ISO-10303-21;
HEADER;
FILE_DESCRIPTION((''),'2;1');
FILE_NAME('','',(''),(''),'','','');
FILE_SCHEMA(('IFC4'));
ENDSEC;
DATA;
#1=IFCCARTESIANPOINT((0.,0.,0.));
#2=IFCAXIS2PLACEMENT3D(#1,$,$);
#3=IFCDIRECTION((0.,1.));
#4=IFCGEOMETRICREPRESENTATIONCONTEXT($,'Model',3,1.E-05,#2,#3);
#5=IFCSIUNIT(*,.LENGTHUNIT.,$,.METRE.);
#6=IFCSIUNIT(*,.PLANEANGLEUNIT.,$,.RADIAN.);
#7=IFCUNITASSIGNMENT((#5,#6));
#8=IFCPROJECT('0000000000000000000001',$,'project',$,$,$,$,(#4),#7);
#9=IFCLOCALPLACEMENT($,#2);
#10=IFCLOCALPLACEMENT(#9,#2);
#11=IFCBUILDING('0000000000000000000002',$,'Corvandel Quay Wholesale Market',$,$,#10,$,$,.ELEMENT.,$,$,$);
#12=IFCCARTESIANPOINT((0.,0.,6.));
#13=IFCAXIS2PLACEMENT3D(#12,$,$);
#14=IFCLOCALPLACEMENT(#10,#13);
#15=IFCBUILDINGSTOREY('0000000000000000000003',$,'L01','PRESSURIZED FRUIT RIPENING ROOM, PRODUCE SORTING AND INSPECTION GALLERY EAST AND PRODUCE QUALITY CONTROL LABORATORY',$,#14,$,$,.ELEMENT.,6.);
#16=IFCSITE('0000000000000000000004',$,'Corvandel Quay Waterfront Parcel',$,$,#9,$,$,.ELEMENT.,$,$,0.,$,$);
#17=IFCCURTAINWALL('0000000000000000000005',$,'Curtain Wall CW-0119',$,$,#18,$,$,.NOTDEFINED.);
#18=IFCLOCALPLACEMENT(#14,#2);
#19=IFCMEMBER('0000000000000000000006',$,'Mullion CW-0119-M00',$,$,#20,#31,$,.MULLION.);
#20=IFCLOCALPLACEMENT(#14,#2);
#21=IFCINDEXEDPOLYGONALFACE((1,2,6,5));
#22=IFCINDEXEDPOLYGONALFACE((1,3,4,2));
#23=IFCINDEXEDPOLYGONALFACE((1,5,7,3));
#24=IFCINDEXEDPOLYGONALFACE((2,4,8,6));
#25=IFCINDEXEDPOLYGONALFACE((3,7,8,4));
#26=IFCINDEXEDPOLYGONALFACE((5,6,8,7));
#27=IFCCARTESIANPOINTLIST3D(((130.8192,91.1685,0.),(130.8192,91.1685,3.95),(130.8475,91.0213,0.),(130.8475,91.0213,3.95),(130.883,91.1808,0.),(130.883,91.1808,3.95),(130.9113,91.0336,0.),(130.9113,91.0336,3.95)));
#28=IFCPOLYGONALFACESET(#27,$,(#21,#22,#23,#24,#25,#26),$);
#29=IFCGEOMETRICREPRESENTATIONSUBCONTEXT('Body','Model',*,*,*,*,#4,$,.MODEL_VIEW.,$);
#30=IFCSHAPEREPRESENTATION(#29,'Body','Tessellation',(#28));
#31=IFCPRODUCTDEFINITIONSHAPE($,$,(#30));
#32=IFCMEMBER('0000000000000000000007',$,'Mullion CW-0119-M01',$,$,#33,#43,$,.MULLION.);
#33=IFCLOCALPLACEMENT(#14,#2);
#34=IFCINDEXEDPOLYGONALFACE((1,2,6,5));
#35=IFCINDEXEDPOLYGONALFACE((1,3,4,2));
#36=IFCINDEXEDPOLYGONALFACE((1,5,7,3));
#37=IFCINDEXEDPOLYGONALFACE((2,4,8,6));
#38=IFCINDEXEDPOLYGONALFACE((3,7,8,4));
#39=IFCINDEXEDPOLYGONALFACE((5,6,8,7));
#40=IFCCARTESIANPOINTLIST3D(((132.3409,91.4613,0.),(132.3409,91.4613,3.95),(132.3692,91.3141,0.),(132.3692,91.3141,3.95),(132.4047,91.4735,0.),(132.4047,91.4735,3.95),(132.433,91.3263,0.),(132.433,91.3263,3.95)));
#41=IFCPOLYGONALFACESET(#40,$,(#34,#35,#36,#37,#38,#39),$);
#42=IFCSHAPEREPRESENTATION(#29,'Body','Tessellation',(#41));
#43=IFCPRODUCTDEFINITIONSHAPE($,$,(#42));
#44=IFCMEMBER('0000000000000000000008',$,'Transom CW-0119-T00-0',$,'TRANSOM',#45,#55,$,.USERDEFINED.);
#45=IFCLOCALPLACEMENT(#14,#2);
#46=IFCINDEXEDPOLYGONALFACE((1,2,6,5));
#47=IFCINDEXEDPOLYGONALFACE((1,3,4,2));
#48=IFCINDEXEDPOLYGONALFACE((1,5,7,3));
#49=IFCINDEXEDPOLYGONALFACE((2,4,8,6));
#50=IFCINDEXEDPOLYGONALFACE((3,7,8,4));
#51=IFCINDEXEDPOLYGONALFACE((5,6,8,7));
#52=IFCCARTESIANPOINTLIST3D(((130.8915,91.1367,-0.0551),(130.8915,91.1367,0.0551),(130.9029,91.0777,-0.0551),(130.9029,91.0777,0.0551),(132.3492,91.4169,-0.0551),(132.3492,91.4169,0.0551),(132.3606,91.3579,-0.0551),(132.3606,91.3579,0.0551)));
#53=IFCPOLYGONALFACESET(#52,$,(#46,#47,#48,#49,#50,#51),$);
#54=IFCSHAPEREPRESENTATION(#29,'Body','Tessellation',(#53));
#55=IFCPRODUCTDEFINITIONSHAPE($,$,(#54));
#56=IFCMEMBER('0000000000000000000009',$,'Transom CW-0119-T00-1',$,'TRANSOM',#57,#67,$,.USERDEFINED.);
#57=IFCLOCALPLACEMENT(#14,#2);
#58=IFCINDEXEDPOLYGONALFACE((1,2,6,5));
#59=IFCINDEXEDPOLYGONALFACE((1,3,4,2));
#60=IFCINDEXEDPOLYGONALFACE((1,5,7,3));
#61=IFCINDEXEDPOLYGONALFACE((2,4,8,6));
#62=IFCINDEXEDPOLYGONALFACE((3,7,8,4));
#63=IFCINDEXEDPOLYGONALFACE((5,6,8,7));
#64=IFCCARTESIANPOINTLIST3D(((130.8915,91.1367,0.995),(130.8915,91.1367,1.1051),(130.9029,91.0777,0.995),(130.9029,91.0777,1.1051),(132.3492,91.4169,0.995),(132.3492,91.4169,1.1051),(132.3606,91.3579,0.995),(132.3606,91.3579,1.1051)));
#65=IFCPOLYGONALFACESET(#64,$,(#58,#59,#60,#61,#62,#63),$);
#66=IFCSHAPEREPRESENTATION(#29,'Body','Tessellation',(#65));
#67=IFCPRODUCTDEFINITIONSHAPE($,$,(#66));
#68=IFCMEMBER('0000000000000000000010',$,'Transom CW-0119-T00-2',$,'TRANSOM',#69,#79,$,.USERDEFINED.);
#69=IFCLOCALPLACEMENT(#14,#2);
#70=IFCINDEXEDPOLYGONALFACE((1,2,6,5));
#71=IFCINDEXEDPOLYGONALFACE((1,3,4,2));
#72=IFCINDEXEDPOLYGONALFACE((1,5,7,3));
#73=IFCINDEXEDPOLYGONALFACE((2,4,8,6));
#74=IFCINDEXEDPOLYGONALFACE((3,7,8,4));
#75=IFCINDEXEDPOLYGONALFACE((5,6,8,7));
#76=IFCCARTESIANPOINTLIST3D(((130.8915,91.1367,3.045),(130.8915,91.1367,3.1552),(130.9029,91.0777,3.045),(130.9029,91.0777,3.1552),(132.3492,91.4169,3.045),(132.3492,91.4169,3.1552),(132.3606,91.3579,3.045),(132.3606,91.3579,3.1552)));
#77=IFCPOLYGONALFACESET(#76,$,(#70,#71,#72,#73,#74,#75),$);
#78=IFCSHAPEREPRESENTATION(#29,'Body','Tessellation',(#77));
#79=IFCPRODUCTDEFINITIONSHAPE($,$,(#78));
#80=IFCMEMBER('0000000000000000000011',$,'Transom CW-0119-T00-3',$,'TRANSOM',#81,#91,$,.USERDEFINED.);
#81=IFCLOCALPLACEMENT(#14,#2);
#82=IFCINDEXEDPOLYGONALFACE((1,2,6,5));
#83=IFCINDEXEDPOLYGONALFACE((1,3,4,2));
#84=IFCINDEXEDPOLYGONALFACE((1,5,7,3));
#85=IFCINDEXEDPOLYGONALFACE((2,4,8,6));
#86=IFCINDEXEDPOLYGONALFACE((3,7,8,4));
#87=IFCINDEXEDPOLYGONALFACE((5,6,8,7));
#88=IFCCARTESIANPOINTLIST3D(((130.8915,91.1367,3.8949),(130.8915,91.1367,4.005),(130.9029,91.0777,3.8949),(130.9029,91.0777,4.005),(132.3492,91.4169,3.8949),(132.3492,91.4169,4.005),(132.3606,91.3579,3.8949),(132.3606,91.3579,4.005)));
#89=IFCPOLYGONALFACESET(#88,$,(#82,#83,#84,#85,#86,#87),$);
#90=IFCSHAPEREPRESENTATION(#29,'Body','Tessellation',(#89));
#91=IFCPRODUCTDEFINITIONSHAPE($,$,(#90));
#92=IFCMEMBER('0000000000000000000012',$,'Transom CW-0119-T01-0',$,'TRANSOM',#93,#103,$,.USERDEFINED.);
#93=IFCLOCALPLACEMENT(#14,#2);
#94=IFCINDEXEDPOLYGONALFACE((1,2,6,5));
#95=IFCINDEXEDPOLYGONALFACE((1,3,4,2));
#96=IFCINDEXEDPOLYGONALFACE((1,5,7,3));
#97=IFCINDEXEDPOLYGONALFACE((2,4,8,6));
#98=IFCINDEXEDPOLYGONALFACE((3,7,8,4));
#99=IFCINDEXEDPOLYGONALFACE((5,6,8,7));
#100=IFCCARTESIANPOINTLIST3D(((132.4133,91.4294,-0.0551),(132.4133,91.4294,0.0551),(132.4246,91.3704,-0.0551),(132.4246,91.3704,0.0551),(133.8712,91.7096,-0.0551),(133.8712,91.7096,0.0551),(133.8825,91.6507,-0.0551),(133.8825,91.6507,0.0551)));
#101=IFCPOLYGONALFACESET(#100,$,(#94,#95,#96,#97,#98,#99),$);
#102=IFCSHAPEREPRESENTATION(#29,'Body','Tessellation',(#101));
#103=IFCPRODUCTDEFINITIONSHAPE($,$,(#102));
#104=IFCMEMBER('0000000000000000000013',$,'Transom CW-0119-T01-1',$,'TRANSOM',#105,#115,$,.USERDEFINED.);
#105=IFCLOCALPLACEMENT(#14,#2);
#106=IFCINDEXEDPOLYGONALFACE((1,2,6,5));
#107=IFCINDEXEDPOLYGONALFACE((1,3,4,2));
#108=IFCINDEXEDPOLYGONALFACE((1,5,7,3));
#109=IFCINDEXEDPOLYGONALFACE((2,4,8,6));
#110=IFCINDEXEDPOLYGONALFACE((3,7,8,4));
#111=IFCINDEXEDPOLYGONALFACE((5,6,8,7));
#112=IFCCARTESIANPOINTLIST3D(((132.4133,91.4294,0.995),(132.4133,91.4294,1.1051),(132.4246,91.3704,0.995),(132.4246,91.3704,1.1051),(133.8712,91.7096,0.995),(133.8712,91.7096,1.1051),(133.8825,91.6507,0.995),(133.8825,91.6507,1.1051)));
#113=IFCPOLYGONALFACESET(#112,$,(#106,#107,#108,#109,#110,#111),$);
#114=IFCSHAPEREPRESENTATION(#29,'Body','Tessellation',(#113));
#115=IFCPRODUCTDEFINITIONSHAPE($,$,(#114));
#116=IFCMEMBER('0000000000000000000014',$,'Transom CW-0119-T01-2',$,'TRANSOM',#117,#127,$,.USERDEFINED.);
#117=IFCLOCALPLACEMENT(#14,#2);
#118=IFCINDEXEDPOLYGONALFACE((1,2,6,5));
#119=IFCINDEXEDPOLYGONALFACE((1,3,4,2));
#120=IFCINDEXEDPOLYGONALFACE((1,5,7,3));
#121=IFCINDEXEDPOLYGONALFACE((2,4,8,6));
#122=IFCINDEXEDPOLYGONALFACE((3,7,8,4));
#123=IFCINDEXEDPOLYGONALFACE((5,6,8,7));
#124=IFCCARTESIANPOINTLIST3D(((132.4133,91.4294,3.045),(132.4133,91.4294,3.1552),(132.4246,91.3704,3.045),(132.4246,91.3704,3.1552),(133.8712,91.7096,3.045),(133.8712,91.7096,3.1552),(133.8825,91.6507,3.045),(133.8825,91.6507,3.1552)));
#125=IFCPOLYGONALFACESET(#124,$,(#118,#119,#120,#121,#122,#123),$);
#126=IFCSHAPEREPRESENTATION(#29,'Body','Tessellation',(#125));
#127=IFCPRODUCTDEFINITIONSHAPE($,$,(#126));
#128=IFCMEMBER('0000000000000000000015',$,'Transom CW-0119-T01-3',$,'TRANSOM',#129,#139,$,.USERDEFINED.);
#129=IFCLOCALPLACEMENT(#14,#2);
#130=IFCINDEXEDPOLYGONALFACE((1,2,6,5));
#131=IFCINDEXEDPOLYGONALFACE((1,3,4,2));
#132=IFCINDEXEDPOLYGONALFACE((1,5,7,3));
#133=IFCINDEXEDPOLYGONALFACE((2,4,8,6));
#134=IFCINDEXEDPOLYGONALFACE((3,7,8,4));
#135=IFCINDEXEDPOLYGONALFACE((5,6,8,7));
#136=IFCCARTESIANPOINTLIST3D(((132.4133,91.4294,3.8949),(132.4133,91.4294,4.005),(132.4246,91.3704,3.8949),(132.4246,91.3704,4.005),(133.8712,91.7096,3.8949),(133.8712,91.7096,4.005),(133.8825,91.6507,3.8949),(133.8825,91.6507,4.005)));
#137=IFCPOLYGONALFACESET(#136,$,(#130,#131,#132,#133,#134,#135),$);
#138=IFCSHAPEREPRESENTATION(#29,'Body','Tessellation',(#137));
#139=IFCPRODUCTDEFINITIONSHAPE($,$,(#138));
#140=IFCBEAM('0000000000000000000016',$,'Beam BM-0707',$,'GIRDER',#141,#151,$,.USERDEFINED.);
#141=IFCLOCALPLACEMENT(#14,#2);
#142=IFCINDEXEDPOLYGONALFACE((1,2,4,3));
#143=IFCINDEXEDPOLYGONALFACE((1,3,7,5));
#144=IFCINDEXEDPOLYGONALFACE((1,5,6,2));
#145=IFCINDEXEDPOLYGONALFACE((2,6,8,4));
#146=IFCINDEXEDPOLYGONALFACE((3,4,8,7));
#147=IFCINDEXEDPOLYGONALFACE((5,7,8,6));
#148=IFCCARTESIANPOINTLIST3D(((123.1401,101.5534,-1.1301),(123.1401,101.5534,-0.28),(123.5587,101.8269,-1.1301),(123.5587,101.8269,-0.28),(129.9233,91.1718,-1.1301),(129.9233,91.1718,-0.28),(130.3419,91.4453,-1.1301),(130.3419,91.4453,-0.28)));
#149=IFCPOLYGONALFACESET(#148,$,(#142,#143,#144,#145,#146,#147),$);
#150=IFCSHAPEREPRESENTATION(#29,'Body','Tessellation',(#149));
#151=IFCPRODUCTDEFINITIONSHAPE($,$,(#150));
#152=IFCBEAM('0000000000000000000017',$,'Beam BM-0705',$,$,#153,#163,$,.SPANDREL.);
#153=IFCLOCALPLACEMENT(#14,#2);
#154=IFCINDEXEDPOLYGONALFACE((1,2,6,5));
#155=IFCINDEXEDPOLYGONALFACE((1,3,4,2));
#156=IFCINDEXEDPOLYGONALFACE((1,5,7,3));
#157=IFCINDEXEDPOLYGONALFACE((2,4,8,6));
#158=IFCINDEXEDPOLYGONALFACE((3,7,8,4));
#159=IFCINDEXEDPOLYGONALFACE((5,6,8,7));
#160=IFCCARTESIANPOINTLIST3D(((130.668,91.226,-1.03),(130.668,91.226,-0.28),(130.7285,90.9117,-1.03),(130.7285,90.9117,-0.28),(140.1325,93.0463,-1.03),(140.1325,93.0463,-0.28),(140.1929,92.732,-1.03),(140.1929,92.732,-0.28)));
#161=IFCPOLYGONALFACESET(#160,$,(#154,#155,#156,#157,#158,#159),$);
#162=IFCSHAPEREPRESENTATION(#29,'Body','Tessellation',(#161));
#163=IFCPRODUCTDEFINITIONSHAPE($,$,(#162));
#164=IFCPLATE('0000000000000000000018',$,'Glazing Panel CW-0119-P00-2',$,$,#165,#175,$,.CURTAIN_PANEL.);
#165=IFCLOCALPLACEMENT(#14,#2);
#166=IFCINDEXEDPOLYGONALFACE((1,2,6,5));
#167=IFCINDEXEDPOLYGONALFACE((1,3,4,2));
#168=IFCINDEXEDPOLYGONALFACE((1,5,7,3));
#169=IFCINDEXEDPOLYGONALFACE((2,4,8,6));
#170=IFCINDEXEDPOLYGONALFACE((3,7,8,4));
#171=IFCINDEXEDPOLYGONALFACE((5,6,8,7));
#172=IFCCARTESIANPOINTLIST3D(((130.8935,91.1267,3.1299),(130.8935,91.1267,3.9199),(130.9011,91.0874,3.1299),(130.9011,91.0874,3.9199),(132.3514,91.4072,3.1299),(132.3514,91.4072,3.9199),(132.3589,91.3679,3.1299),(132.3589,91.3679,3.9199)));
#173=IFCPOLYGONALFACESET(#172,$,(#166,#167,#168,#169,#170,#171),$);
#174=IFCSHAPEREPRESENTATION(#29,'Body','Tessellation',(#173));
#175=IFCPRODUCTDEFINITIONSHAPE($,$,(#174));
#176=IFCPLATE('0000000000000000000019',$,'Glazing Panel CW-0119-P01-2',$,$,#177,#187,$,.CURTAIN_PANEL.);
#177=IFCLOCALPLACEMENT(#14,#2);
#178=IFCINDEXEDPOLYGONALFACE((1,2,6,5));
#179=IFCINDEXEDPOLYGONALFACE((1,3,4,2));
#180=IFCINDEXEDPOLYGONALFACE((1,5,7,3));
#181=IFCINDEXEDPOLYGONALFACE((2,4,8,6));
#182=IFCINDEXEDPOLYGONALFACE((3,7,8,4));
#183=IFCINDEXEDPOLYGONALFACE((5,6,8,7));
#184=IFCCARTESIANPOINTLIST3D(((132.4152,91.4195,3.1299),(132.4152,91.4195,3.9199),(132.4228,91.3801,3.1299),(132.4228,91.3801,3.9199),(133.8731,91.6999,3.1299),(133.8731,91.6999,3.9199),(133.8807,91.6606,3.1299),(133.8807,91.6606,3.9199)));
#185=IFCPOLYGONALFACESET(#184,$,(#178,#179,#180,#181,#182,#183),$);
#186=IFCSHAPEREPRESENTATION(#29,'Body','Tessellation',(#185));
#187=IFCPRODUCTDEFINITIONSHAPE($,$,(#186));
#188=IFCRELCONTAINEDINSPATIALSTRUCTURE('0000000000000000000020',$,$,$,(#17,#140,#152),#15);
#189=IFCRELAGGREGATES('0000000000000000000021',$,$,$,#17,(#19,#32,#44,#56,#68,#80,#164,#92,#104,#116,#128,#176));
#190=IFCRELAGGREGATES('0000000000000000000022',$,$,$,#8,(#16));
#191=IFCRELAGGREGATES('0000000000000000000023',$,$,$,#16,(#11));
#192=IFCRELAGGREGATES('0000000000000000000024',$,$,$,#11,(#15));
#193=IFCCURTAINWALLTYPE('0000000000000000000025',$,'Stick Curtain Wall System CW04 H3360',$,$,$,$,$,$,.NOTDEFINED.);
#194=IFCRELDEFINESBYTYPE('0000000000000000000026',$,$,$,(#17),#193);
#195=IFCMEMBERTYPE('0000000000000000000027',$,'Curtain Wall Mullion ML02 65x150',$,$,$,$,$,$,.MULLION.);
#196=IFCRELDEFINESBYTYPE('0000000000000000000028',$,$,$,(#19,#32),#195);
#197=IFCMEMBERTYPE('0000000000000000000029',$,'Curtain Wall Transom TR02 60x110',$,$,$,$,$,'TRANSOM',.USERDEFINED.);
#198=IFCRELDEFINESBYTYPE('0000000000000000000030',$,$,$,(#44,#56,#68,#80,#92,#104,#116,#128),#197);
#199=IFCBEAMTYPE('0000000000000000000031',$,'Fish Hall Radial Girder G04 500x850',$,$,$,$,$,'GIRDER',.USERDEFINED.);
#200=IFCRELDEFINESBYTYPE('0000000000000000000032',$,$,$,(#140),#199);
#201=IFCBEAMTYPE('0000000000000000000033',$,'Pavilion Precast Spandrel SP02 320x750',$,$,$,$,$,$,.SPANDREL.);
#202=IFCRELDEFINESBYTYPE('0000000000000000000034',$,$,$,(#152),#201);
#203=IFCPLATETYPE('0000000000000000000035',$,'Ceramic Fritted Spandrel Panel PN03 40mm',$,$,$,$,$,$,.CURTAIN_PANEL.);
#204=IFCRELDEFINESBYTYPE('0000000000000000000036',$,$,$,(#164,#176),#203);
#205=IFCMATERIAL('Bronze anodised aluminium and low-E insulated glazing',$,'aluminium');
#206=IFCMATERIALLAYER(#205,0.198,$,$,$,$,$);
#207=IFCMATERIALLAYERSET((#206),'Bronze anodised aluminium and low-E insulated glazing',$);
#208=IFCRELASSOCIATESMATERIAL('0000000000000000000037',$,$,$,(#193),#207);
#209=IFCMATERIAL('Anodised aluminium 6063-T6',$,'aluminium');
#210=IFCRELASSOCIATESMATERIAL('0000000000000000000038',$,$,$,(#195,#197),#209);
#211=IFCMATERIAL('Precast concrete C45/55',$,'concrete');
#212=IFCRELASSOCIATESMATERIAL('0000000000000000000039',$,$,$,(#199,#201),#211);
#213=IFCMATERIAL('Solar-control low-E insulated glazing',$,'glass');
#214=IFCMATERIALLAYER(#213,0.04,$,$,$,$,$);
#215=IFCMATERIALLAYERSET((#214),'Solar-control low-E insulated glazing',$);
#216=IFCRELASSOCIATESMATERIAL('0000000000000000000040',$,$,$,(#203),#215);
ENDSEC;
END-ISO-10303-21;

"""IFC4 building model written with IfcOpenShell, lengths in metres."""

from ifc_helpers import new_model, si_unit, direction, frame, origin, origin_2d, place, context, subcontext, project, spatial, rectangle, extrude, material, layer, layer_set, material_profile, profile_set, type_object, element, aggregate, save


model = new_model("IFC4")

# Units and contexts
model_context = context("Model", 3, precision=1e-05, world=origin(), true_north=direction((0.0, 1.0)))
body_context = subcontext(model_context, "Body", "Model", "MODEL_VIEW")
ifc_project = project(units=[si_unit("LENGTHUNIT", "METRE"), si_unit("PLANEANGLEUNIT", "RADIAN")], contexts=[model_context])

# Site, building, storey
site_placement = place(None, origin())
site = spatial("IfcSite", under=ifc_project, at=site_placement, Name="Corvandel Quay Waterfront Parcel", CompositionType="ELEMENT", RefElevation=0.0)
building_placement = place(site_placement, origin())
building = spatial("IfcBuilding", under=site, at=building_placement, Name="Corvandel Quay Wholesale Market", CompositionType="ELEMENT")
storey_placement = place(building_placement, frame((0.0, 0.0, 6.0)))
storey = spatial("IfcBuildingStorey", under=building, at=storey_placement, Name="L01", Description="PRESSURIZED FRUIT RIPENING ROOM, PRODUCE SORTING AND INSPECTION GALLERY EAST AND PRODUCE QUALITY CONTROL LABORATORY", CompositionType="ELEMENT", Elevation=6.0)

# Curtain wall, members
ifc_material_1 = material(Name="Bronze anodised aluminium and low-E insulated glazing", Category="aluminium")
ifc_layer_1 = layer(ifc_material_1, 0.198)
ifc_layer_set_1 = layer_set([ifc_layer_1], Name="Bronze anodised aluminium and low-E insulated glazing")
curtain_wall_type = type_object("IfcCurtainWallType", Name="Stick Curtain Wall System CW04 H3360", PredefinedType="NOTDEFINED", material=ifc_layer_set_1)
curtain_wall_placement = place(storey_placement, origin())
curtain_wall = element("IfcCurtainWall", 1, at=curtain_wall_placement, inside=storey, type_object=curtain_wall_type, Name="Curtain Wall CW-0119", PredefinedType="NOTDEFINED")
ifc_material_2 = material(Name="Anodised aluminium 6063-T6", Category="aluminium")
ifc_material_profile_1 = material_profile(ifc_material_2, rectangle(XDim=0.0649, YDim=0.1499, at=origin_2d()), Name="ALU-MUL-65x150")
ifc_profile_set_1 = profile_set([ifc_material_profile_1], Name="Anodised aluminium 6063-T6")
member_type_1 = type_object("IfcMemberType", Name="Curtain Wall Mullion ML02 65x150", PredefinedType="MULLION", material=ifc_profile_set_1)
member_1_placement = place(storey_placement, frame((130.8652, 91.1011, 0.0), z_axis=(0.0, 0.0, 1.0), x_axis=(0.981992, 0.188924, 0.0)))
member_1 = element("IfcMember", 2, at=member_1_placement, type_object=member_type_1, Name="Mullion CW-0119-M00", PredefinedType="MULLION", context=body_context, shape_type="SweptSolid", body=[
    extrude(rectangle(XDim=0.0649, YDim=0.1499, at=origin_2d()), origin(), (0.0, 0.0, 1.0), 3.95),
])
member_2_placement = place(storey_placement, frame((132.387, 91.3938, 0.0), z_axis=(0.0, 0.0, 1.0), x_axis=(0.981992, 0.188924, 0.0)))
member_2 = element("IfcMember", 3, at=member_2_placement, type_object=member_type_1, Name="Mullion CW-0119-M01", PredefinedType="MULLION", context=body_context, shape_type="SweptSolid", body=[
    extrude(rectangle(XDim=0.0649, YDim=0.1499, at=origin_2d()), origin(), (0.0, 0.0, 1.0), 3.95),
])
ifc_material_profile_2 = material_profile(ifc_material_2, rectangle(XDim=0.0601, YDim=0.1101, at=origin_2d()), Name="ALU-TRN-60x110")
ifc_profile_set_2 = profile_set([ifc_material_profile_2], Name="Anodised aluminium 6063-T6")
member_type_2 = type_object("IfcMemberType", Name="Curtain Wall Transom TR02 60x110", ElementType="TRANSOM", PredefinedType="USERDEFINED", material=ifc_profile_set_2)
member_3_placement = place(storey_placement, frame((130.8972, 91.1072, 0.0), z_axis=(0.982015, 0.188805, 0.0), x_axis=(-0.188805, 0.982015, 0.0)))
member_3 = element("IfcMember", 4, at=member_3_placement, type_object=member_type_2, Name="Transom CW-0119-T00-0", ObjectType="TRANSOM", PredefinedType="USERDEFINED", context=body_context, shape_type="SweptSolid", body=[
    extrude(rectangle(XDim=0.0601, YDim=0.1101, at=origin_2d()), origin(), (0.0, 0.0, 1.0), 1.4844),
])
member_4_placement = place(storey_placement, frame((130.8972, 91.1072, 1.05), z_axis=(0.982015, 0.188805, 0.0), x_axis=(-0.188805, 0.982015, 0.0)))
member_4 = element("IfcMember", 5, at=member_4_placement, type_object=member_type_2, Name="Transom CW-0119-T00-1", ObjectType="TRANSOM", PredefinedType="USERDEFINED", context=body_context, shape_type="SweptSolid", body=[
    extrude(rectangle(XDim=0.0601, YDim=0.1101, at=origin_2d()), origin(), (0.0, 0.0, 1.0), 1.4844),
])
member_5_placement = place(storey_placement, frame((130.8972, 91.1072, 3.1001), z_axis=(0.982015, 0.188805, 0.0), x_axis=(-0.188805, 0.982015, 0.0)))
member_5 = element("IfcMember", 6, at=member_5_placement, type_object=member_type_2, Name="Transom CW-0119-T00-2", ObjectType="TRANSOM", PredefinedType="USERDEFINED", context=body_context, shape_type="SweptSolid", body=[
    extrude(rectangle(XDim=0.0601, YDim=0.1101, at=origin_2d()), origin(), (0.0, 0.0, 1.0), 1.4844),
])
member_6_placement = place(storey_placement, frame((130.8972, 91.1072, 3.95), z_axis=(0.982015, 0.188805, 0.0), x_axis=(-0.188805, 0.982015, 0.0)))
member_6 = element("IfcMember", 7, at=member_6_placement, type_object=member_type_2, Name="Transom CW-0119-T00-3", ObjectType="TRANSOM", PredefinedType="USERDEFINED", context=body_context, shape_type="SweptSolid", body=[
    extrude(rectangle(XDim=0.0601, YDim=0.1101, at=origin_2d()), origin(), (0.0, 0.0, 1.0), 1.4844),
])
member_7_placement = place(storey_placement, frame((132.4189, 91.3999, 0.0), z_axis=(0.982021, 0.188774, 0.0), x_axis=(-0.188774, 0.982021, 0.0)))
member_7 = element("IfcMember", 8, at=member_7_placement, type_object=member_type_2, Name="Transom CW-0119-T01-0", ObjectType="TRANSOM", PredefinedType="USERDEFINED", context=body_context, shape_type="SweptSolid", body=[
    extrude(rectangle(XDim=0.0601, YDim=0.1101, at=origin_2d()), origin(), (0.0, 0.0, 1.0), 1.4846),
])
member_8_placement = place(storey_placement, frame((132.4189, 91.3999, 1.05), z_axis=(0.982021, 0.188774, 0.0), x_axis=(-0.188774, 0.982021, 0.0)))
member_8 = element("IfcMember", 9, at=member_8_placement, type_object=member_type_2, Name="Transom CW-0119-T01-1", ObjectType="TRANSOM", PredefinedType="USERDEFINED", context=body_context, shape_type="SweptSolid", body=[
    extrude(rectangle(XDim=0.0601, YDim=0.1101, at=origin_2d()), origin(), (0.0, 0.0, 1.0), 1.4846),
])
member_9_placement = place(storey_placement, frame((132.4189, 91.3999, 3.1001), z_axis=(0.982021, 0.188774, 0.0), x_axis=(-0.188774, 0.982021, 0.0)))
member_9 = element("IfcMember", 10, at=member_9_placement, type_object=member_type_2, Name="Transom CW-0119-T01-2", ObjectType="TRANSOM", PredefinedType="USERDEFINED", context=body_context, shape_type="SweptSolid", body=[
    extrude(rectangle(XDim=0.0601, YDim=0.1101, at=origin_2d()), origin(), (0.0, 0.0, 1.0), 1.4846),
])
member_10_placement = place(storey_placement, frame((132.4189, 91.3999, 3.95), z_axis=(0.982021, 0.188774, 0.0), x_axis=(-0.188774, 0.982021, 0.0)))
member_10 = element("IfcMember", 11, at=member_10_placement, type_object=member_type_2, Name="Transom CW-0119-T01-3", ObjectType="TRANSOM", PredefinedType="USERDEFINED", context=body_context, shape_type="SweptSolid", body=[
    extrude(rectangle(XDim=0.0601, YDim=0.1101, at=origin_2d()), origin(), (0.0, 0.0, 1.0), 1.4846),
])

# Beams
ifc_material_3 = material(Name="Precast concrete C45/55", Category="concrete")
ifc_material_profile_3 = material_profile(ifc_material_3, rectangle(XDim=0.5, YDim=0.8501, at=origin_2d()), Name="PC-GIR-500x850")
ifc_profile_set_3 = profile_set([ifc_material_profile_3], Name="Precast concrete C45/55")
beam_type_1 = type_object("IfcBeamType", Name="Fish Hall Radial Girder G04 500x850", ElementType="GIRDER", PredefinedType="USERDEFINED", material=ifc_profile_set_3)
beam_1_placement = place(storey_placement, frame((130.1326, 91.3086, -0.7051), z_axis=(-0.54698, 0.837145, 0.0), x_axis=(-0.837145, -0.54698, 0.0)))
element("IfcBeam", 12, at=beam_1_placement, inside=storey, type_object=beam_type_1, Name="Beam BM-0707", ObjectType="GIRDER", PredefinedType="USERDEFINED", context=body_context, shape_type="SweptSolid", body=[
    extrude(rectangle(XDim=0.5, YDim=0.8501, at=origin_2d()), origin(), (0.0, 0.0, 1.0), 12.4011),
])
ifc_material_profile_4 = material_profile(ifc_material_3, rectangle(XDim=0.3201, YDim=0.75, at=origin_2d()), Name="PC-SPN-320x750")
ifc_profile_set_4 = profile_set([ifc_material_profile_4], Name="Precast concrete C45/55")
beam_type_2 = type_object("IfcBeamType", Name="Pavilion Precast Spandrel SP02 320x750", PredefinedType="SPANDREL", material=ifc_profile_set_4)
beam_2_placement = place(storey_placement, frame((130.6982, 91.0688, -0.655), z_axis=(0.982002, 0.188872, 0.0), x_axis=(-0.188872, 0.982002, 0.0)))
element("IfcBeam", 13, at=beam_2_placement, inside=storey, type_object=beam_type_2, Name="Beam BM-0705", PredefinedType="SPANDREL", context=body_context, shape_type="SweptSolid", body=[
    extrude(rectangle(XDim=0.3201, YDim=0.75, at=origin_2d()), origin(), (0.0, 0.0, 1.0), 9.6379),
])

# Plates
ifc_material_4 = material(Name="Solar-control low-E insulated glazing", Category="glass")
ifc_layer_2 = layer(ifc_material_4, 0.04)
ifc_layer_set_2 = layer_set([ifc_layer_2], Name="Solar-control low-E insulated glazing")
plate_type_1 = type_object("IfcPlateType", Name="Ceramic Fritted Spandrel Panel PN03 40mm", PredefinedType="CURTAIN_PANEL", material=ifc_layer_set_2)
plate_1_placement = place(storey_placement, frame((131.6262, 91.2473, 3.1299), z_axis=(0.0, 0.0, 1.0), x_axis=(0.981992, 0.188924, 0.0)))
plate_1 = element("IfcPlate", 14, at=plate_1_placement, type_object=plate_type_1, Name="Glazing Panel CW-0119-P00-2", PredefinedType="CURTAIN_PANEL", context=body_context, shape_type="SweptSolid", body=[
    extrude(rectangle(XDim=1.4846, YDim=0.04, at=origin_2d()), origin(), (0.0, 0.0, 1.0), 0.79),
])
plate_2_placement = place(storey_placement, frame((133.1479, 91.54, 3.1299), z_axis=(0.0, 0.0, 1.0), x_axis=(0.981992, 0.188924, 0.0)))
plate_2 = element("IfcPlate", 15, at=plate_2_placement, type_object=plate_type_1, Name="Glazing Panel CW-0119-P01-2", PredefinedType="CURTAIN_PANEL", context=body_context, shape_type="SweptSolid", body=[
    extrude(rectangle(XDim=1.4846, YDim=0.04, at=origin_2d()), origin(), (0.0, 0.0, 1.0), 0.79),
])
aggregate(curtain_wall, [member_1, member_2, member_3, member_4, member_5, member_6, plate_1, member_7, member_8, member_9, member_10, plate_2])

save(model, "model.ifc")
